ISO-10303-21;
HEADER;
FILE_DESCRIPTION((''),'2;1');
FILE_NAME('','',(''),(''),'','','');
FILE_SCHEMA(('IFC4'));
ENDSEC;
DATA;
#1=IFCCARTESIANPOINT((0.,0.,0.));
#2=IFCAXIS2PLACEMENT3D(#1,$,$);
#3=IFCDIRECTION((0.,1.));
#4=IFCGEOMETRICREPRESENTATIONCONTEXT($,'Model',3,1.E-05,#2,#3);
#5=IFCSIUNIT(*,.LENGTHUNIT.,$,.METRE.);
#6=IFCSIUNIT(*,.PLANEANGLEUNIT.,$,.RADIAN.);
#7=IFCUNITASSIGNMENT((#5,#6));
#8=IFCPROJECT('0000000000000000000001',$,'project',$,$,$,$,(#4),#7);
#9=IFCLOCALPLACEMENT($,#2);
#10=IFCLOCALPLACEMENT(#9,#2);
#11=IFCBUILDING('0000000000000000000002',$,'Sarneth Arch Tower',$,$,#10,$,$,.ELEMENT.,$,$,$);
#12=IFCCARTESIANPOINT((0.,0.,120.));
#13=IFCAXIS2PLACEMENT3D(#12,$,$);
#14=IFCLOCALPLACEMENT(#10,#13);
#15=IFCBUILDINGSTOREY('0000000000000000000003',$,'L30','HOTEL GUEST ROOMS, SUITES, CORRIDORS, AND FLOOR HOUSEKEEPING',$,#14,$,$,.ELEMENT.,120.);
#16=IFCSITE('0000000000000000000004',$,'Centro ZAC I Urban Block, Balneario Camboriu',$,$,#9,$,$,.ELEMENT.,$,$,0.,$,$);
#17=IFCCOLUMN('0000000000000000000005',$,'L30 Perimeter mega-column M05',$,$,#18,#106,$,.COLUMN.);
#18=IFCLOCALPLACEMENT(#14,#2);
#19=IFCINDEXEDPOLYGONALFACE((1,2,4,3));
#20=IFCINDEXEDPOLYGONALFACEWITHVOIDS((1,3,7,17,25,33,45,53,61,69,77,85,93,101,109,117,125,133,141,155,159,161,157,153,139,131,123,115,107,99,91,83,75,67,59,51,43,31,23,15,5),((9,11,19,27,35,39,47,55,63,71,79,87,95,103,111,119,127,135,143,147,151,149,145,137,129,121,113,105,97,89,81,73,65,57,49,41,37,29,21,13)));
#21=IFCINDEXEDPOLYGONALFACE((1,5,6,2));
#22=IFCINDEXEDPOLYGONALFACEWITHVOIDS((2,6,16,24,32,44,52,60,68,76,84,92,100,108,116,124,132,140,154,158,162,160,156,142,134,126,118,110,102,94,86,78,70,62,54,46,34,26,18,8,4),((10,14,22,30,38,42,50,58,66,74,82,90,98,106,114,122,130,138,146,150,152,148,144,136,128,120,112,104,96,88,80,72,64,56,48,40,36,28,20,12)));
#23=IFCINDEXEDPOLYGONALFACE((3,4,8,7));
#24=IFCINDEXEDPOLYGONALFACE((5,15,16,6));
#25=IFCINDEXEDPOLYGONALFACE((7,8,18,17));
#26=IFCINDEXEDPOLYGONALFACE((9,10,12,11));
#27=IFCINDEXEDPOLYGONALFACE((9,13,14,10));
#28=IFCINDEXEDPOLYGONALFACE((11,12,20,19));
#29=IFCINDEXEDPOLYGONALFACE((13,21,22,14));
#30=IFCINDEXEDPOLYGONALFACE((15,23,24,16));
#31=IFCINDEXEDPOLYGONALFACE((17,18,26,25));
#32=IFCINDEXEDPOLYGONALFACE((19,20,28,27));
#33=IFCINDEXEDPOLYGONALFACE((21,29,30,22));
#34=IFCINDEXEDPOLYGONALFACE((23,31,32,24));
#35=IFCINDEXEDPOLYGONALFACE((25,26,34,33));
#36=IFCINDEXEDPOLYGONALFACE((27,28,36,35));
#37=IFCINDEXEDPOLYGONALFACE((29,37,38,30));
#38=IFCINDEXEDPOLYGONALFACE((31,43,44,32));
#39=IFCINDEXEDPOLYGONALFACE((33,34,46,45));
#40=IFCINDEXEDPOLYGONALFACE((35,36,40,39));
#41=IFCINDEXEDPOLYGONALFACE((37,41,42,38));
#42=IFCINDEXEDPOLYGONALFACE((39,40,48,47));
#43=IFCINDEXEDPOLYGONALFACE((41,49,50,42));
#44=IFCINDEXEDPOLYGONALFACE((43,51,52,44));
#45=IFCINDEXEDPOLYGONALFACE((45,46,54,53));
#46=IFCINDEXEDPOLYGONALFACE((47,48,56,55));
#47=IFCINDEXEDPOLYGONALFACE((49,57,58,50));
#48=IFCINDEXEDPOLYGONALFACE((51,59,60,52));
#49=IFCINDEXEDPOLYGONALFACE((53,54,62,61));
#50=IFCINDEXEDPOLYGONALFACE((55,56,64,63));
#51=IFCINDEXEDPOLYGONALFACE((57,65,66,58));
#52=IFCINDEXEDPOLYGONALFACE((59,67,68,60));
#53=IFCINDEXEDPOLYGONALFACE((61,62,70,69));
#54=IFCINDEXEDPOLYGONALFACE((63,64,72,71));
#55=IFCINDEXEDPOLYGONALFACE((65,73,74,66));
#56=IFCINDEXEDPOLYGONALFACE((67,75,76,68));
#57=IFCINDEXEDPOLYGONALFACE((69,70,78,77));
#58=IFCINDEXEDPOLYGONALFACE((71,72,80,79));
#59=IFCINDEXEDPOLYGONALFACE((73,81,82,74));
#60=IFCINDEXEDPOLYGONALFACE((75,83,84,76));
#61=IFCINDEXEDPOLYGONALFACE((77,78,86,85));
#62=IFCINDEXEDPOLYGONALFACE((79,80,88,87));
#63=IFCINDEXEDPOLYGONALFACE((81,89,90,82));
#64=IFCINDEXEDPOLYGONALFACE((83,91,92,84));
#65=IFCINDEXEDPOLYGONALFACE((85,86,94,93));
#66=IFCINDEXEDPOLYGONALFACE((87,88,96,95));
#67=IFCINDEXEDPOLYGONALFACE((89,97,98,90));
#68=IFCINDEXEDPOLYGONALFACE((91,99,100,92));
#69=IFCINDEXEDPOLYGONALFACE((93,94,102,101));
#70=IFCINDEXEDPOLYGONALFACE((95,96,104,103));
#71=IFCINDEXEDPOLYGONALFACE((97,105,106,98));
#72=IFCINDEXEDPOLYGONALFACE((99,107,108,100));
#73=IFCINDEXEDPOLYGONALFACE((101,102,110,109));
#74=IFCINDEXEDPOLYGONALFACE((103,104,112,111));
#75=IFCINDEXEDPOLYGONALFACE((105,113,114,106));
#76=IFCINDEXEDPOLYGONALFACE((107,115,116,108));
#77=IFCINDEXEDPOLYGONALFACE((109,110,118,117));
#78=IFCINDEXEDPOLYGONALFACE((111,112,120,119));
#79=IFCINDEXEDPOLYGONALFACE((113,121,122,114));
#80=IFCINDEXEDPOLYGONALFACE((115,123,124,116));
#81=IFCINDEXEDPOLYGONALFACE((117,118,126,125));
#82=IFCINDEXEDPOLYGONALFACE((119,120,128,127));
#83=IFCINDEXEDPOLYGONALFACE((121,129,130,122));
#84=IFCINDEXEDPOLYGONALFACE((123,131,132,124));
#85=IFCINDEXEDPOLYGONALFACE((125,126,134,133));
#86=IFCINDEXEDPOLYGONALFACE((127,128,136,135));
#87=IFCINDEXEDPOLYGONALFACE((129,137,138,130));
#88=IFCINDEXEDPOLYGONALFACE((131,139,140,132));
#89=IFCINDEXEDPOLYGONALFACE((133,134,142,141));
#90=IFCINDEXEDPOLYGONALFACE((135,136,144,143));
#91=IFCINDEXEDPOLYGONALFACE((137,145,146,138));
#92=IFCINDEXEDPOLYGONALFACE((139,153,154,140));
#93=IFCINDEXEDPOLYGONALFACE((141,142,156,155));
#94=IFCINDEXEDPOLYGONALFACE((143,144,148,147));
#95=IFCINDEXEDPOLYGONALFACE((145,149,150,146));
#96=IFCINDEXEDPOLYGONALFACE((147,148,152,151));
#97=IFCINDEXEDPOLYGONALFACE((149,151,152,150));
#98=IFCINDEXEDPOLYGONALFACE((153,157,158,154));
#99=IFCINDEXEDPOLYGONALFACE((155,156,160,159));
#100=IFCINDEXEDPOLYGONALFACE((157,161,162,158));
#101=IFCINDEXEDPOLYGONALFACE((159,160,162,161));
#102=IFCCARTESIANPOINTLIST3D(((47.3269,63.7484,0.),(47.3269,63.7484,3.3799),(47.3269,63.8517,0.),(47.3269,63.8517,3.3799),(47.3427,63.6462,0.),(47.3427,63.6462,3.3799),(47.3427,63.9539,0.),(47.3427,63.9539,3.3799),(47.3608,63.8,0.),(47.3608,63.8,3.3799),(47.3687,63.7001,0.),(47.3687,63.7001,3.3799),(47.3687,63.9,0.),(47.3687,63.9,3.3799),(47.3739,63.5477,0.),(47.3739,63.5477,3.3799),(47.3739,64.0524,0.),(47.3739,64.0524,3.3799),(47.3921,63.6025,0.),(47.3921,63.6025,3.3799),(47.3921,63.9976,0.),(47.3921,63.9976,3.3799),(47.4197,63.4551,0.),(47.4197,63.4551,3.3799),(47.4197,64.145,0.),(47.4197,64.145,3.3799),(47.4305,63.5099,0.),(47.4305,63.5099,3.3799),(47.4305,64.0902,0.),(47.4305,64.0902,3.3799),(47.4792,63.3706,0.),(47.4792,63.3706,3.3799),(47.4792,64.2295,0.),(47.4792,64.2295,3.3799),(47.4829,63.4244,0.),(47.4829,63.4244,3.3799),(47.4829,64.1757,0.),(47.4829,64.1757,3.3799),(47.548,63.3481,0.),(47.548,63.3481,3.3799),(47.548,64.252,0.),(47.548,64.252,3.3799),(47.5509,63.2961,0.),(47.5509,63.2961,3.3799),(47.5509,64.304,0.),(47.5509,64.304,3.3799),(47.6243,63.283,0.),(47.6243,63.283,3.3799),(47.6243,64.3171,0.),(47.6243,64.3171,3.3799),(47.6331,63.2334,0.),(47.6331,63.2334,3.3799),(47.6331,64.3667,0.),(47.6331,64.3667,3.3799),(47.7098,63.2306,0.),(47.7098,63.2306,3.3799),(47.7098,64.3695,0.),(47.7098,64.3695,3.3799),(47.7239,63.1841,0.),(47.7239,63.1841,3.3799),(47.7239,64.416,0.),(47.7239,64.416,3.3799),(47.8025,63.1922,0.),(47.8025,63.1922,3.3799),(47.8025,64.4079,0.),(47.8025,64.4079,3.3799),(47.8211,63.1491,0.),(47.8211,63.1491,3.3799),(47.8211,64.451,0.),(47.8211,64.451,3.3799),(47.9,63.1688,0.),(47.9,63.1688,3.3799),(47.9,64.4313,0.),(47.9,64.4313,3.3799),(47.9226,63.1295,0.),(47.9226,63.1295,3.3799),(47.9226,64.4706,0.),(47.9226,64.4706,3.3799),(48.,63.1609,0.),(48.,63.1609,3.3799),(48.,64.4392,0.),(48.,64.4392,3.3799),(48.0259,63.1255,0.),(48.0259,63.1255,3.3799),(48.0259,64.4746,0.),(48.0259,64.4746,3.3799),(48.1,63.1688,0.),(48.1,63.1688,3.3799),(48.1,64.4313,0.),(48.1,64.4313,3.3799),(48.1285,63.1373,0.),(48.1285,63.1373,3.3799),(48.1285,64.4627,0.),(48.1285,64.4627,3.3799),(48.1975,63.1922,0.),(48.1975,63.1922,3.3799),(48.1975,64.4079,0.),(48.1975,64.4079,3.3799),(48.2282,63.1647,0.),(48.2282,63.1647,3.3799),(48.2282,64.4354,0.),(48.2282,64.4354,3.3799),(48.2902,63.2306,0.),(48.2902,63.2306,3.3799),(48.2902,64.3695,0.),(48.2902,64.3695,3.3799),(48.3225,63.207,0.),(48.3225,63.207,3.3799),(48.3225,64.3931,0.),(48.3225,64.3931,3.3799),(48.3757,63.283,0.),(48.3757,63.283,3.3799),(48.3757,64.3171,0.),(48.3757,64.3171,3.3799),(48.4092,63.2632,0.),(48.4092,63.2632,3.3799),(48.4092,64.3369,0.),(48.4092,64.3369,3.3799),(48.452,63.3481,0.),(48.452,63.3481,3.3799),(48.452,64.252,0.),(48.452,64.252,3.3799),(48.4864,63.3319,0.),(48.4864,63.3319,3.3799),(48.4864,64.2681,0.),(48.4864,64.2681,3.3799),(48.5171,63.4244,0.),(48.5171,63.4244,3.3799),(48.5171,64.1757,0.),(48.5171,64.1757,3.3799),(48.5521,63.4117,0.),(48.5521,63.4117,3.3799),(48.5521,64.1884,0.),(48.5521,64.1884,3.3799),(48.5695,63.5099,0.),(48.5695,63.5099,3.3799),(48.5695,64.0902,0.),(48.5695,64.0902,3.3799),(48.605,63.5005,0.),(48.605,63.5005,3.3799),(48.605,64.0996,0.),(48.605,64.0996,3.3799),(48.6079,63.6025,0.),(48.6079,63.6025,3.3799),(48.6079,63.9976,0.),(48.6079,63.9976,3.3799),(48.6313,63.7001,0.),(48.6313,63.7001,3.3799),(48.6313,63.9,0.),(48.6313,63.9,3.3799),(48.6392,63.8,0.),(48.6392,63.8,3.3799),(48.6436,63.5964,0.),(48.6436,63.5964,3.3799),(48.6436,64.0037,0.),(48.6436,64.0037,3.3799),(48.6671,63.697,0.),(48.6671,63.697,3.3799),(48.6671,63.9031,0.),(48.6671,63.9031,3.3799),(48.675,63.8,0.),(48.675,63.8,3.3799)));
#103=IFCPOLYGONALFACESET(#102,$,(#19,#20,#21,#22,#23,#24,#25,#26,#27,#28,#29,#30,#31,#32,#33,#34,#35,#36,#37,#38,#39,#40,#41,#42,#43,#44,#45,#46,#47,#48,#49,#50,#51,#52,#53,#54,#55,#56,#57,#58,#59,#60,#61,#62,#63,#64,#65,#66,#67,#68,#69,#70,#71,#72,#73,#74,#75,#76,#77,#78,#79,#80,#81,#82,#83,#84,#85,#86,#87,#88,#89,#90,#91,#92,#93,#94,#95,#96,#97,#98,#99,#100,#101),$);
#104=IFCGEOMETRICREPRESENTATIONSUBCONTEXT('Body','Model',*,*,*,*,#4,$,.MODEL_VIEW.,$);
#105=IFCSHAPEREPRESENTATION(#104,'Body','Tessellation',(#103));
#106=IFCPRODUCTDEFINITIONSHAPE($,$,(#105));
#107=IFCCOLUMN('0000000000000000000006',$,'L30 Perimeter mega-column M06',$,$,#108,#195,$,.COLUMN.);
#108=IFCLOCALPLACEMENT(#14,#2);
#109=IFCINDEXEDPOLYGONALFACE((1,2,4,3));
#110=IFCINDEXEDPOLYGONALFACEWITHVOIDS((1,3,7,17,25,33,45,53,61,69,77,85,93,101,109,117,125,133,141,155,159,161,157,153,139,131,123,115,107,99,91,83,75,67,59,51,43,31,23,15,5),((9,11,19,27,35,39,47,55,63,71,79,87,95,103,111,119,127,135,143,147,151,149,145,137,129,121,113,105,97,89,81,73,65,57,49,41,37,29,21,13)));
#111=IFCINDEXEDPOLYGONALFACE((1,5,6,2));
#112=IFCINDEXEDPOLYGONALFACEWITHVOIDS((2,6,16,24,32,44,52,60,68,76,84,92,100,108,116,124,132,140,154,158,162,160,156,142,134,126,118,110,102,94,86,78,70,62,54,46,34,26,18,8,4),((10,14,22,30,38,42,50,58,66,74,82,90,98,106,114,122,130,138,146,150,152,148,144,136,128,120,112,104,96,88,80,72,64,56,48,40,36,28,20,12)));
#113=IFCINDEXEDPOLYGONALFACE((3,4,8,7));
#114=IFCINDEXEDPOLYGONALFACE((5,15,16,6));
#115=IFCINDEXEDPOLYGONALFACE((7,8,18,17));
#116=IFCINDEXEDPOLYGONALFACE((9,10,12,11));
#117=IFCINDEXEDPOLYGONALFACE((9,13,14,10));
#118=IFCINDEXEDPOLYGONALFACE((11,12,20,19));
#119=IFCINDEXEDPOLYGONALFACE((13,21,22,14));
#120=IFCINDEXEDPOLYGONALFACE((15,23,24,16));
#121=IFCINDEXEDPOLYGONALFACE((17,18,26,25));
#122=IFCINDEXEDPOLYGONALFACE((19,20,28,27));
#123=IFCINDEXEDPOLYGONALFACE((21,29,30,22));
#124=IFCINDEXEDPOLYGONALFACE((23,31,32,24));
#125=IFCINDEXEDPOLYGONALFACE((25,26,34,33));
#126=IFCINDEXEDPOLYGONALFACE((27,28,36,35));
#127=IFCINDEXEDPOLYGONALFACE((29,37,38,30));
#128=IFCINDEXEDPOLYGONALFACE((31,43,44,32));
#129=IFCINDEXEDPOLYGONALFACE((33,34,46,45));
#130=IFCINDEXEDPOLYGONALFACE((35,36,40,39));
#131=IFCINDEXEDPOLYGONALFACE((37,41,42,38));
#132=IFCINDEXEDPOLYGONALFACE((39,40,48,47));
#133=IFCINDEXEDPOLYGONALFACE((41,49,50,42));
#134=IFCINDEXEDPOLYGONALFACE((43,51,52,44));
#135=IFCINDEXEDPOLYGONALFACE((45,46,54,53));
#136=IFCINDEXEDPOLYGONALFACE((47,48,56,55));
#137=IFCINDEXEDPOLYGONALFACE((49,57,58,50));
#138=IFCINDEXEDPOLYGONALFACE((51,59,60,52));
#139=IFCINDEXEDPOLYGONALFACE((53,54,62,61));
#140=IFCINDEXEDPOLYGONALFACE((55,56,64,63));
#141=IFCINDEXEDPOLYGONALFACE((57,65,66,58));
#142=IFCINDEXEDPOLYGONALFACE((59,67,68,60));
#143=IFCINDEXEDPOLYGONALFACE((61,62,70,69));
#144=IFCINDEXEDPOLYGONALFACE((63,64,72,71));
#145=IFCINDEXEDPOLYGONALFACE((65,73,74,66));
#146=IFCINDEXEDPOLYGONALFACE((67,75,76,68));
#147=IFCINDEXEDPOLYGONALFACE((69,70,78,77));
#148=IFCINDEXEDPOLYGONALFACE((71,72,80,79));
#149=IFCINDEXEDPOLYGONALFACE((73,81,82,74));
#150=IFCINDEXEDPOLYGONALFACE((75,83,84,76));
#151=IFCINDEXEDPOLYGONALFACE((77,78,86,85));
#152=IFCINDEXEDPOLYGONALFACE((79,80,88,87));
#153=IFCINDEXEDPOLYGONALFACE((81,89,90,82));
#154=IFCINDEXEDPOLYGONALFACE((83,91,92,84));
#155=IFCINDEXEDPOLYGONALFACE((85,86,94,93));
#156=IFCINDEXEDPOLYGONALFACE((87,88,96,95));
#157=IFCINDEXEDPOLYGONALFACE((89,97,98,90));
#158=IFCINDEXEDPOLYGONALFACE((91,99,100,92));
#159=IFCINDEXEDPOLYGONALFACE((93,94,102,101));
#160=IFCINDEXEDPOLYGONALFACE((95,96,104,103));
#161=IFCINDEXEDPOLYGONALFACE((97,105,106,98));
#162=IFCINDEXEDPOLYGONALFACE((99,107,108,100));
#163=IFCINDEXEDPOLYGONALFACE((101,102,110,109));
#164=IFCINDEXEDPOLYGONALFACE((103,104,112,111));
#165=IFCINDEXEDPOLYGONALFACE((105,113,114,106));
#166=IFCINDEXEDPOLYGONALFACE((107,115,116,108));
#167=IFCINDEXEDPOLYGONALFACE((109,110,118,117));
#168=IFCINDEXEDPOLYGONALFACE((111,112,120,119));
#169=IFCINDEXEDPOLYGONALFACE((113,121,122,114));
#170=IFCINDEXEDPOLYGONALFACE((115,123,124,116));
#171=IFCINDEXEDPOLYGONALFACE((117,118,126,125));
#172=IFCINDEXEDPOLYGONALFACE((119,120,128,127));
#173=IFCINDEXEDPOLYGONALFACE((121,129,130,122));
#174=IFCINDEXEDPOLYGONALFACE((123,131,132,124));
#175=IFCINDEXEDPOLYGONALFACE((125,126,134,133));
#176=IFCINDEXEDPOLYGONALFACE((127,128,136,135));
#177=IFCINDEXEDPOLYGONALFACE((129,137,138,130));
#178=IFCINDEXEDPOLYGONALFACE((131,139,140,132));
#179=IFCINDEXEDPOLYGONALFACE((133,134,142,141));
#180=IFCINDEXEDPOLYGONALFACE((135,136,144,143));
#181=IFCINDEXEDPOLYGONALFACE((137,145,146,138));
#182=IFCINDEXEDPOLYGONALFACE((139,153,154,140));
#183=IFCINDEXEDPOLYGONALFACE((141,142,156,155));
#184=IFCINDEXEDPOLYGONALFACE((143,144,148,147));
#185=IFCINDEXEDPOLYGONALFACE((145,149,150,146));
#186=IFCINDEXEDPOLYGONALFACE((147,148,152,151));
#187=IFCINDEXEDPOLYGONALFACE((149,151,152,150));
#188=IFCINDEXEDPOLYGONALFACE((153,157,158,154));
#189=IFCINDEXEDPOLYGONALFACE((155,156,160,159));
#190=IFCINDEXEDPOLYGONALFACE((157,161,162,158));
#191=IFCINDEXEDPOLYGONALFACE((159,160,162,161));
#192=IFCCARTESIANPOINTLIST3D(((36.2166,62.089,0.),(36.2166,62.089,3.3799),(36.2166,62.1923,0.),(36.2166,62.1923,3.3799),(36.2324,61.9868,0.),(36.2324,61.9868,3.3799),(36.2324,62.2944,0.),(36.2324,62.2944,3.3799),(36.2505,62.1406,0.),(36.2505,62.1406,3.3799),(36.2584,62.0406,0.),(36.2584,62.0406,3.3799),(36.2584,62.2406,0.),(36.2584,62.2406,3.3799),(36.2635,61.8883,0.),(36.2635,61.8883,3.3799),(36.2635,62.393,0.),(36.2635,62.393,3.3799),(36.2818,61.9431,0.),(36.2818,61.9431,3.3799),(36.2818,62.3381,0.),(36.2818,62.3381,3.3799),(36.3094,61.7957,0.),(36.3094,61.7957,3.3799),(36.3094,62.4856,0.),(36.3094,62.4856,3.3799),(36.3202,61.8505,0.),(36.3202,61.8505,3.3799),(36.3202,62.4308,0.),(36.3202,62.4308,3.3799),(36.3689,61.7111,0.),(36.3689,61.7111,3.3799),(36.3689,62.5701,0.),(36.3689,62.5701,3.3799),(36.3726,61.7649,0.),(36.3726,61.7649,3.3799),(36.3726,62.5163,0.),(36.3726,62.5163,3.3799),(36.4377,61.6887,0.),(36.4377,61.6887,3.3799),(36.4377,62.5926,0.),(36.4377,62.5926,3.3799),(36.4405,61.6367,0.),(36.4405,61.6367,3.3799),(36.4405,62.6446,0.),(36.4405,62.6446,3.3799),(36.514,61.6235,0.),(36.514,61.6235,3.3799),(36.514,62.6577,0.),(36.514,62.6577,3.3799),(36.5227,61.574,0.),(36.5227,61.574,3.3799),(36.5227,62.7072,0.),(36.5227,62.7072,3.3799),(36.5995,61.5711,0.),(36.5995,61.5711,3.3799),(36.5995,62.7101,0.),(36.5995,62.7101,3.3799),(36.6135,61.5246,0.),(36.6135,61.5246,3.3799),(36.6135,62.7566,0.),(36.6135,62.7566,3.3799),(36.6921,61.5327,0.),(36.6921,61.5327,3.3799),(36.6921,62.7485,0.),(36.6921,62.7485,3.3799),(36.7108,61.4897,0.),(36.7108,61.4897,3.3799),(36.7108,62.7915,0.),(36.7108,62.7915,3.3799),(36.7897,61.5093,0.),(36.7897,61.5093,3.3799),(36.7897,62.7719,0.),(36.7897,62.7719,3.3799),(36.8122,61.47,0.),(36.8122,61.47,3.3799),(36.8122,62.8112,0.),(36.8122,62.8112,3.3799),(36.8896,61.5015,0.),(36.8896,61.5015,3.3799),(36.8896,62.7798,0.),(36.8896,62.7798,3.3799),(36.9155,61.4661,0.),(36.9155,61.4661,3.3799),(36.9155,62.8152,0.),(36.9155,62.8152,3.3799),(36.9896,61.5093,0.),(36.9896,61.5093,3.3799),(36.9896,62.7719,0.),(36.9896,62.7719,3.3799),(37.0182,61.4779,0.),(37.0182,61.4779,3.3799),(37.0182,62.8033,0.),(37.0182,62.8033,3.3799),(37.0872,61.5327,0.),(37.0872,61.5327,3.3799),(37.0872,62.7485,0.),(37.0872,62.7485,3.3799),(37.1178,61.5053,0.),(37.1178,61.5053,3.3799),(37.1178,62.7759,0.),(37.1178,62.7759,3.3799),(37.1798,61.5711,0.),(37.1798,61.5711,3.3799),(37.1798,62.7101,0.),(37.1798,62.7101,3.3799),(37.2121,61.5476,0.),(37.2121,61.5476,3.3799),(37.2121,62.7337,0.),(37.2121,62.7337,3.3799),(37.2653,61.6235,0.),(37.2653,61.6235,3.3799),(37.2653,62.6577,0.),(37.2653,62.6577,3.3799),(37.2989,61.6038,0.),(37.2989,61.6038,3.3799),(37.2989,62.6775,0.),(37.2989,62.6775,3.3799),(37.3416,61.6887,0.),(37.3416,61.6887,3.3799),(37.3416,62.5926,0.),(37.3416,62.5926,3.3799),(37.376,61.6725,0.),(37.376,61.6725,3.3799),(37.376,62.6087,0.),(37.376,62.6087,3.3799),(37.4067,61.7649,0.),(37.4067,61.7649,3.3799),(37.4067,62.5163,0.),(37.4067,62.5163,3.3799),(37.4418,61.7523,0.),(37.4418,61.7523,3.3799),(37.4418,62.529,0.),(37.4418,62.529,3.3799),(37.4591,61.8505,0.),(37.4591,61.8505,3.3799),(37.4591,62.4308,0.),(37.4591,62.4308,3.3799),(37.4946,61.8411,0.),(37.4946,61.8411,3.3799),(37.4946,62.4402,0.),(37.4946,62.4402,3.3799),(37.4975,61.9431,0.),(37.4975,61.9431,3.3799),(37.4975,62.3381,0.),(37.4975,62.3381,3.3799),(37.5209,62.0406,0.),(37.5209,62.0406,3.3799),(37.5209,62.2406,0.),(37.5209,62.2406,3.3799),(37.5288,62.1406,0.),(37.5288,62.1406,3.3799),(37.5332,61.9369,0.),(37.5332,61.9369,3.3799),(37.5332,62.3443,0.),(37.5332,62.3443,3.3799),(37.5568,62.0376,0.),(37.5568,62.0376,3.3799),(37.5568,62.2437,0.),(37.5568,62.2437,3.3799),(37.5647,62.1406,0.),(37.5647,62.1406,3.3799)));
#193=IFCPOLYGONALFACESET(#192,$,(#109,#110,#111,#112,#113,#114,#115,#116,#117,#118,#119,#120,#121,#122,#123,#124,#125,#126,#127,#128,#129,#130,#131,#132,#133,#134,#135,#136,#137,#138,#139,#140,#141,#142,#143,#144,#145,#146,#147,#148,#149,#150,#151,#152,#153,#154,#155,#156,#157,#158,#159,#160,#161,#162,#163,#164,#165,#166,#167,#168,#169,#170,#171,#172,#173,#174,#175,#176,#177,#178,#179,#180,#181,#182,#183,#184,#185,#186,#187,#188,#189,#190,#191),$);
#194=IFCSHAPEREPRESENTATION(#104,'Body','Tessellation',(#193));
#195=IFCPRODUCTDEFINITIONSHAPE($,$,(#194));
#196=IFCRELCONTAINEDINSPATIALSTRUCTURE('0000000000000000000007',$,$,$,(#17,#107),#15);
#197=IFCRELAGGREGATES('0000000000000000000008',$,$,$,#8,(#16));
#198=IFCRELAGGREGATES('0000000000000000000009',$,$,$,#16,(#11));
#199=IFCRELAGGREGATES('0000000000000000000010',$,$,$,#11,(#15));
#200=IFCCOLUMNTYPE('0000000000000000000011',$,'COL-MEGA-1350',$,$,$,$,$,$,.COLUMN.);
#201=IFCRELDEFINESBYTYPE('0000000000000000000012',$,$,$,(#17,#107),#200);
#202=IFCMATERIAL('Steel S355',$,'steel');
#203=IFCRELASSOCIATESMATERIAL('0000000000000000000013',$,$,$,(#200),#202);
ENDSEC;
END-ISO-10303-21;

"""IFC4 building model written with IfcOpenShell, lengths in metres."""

from ifc_helpers import new_model, si_unit, direction, frame, origin, origin_2d, place, context, subcontext, project, spatial, hollow_circle, extrude, material, material_profile, profile_set, type_object, element, save


model = new_model("IFC4")

# Units and contexts
model_context = context("Model", 3, precision=1e-05, world=origin(), true_north=direction((0.0, 1.0)))
body_context = subcontext(model_context, "Body", "Model", "MODEL_VIEW")
ifc_project = project(units=[si_unit("LENGTHUNIT", "METRE"), si_unit("PLANEANGLEUNIT", "RADIAN")], contexts=[model_context])

# Site, building, storey
site_placement = place(None, origin())
site = spatial("IfcSite", under=ifc_project, at=site_placement, Name="Centro ZAC I Urban Block, Balneario Camboriu", CompositionType="ELEMENT", RefElevation=0.0)
building_placement = place(site_placement, origin())
building = spatial("IfcBuilding", under=site, at=building_placement, Name="Sarneth Arch Tower", CompositionType="ELEMENT")
storey_placement = place(building_placement, frame((0.0, 0.0, 120.0)))
storey = spatial("IfcBuildingStorey", under=building, at=storey_placement, Name="L30", Description="HOTEL GUEST ROOMS, SUITES, CORRIDORS, AND FLOOR HOUSEKEEPING", CompositionType="ELEMENT", Elevation=120.0)

# Columns
ifc_material_1 = material(Name="Steel S355", Category="steel")
ifc_material_profile_1 = material_profile(ifc_material_1, hollow_circle(Radius=0.675, WallThickness=0.0359, at=origin_2d()), Name="CHS1350x36")
ifc_profile_set_1 = profile_set([ifc_material_profile_1], Name="Steel S355")
column_type = type_object("IfcColumnType", Name="COL-MEGA-1350", PredefinedType="COLUMN", material=ifc_profile_set_1)
for number, where, z_axis, x_axis, name in (
    (1, (48.0, 63.8, 0.0), (0.0, 0.0, 1.0), (1.0, 0.0, 0.0), "L30 Perimeter mega-column M05"),
    (2, (36.8896, 62.1406, 0.0), (0.0, 0.0, 1.0), (1.0, 0.0, 0.0), "L30 Perimeter mega-column M06"),
):
    element("IfcColumn", number, at=place(storey_placement, frame(where, z_axis=z_axis, x_axis=x_axis)), inside=storey, type_object=column_type, Name=name, PredefinedType="COLUMN", context=body_context, shape_type="SweptSolid", body=[
        extrude(hollow_circle(Radius=0.675, WallThickness=0.0359, at=origin_2d()), origin(), (0.0, 0.0, 1.0), 3.3799),
    ])

save(model, "model.ifc")
